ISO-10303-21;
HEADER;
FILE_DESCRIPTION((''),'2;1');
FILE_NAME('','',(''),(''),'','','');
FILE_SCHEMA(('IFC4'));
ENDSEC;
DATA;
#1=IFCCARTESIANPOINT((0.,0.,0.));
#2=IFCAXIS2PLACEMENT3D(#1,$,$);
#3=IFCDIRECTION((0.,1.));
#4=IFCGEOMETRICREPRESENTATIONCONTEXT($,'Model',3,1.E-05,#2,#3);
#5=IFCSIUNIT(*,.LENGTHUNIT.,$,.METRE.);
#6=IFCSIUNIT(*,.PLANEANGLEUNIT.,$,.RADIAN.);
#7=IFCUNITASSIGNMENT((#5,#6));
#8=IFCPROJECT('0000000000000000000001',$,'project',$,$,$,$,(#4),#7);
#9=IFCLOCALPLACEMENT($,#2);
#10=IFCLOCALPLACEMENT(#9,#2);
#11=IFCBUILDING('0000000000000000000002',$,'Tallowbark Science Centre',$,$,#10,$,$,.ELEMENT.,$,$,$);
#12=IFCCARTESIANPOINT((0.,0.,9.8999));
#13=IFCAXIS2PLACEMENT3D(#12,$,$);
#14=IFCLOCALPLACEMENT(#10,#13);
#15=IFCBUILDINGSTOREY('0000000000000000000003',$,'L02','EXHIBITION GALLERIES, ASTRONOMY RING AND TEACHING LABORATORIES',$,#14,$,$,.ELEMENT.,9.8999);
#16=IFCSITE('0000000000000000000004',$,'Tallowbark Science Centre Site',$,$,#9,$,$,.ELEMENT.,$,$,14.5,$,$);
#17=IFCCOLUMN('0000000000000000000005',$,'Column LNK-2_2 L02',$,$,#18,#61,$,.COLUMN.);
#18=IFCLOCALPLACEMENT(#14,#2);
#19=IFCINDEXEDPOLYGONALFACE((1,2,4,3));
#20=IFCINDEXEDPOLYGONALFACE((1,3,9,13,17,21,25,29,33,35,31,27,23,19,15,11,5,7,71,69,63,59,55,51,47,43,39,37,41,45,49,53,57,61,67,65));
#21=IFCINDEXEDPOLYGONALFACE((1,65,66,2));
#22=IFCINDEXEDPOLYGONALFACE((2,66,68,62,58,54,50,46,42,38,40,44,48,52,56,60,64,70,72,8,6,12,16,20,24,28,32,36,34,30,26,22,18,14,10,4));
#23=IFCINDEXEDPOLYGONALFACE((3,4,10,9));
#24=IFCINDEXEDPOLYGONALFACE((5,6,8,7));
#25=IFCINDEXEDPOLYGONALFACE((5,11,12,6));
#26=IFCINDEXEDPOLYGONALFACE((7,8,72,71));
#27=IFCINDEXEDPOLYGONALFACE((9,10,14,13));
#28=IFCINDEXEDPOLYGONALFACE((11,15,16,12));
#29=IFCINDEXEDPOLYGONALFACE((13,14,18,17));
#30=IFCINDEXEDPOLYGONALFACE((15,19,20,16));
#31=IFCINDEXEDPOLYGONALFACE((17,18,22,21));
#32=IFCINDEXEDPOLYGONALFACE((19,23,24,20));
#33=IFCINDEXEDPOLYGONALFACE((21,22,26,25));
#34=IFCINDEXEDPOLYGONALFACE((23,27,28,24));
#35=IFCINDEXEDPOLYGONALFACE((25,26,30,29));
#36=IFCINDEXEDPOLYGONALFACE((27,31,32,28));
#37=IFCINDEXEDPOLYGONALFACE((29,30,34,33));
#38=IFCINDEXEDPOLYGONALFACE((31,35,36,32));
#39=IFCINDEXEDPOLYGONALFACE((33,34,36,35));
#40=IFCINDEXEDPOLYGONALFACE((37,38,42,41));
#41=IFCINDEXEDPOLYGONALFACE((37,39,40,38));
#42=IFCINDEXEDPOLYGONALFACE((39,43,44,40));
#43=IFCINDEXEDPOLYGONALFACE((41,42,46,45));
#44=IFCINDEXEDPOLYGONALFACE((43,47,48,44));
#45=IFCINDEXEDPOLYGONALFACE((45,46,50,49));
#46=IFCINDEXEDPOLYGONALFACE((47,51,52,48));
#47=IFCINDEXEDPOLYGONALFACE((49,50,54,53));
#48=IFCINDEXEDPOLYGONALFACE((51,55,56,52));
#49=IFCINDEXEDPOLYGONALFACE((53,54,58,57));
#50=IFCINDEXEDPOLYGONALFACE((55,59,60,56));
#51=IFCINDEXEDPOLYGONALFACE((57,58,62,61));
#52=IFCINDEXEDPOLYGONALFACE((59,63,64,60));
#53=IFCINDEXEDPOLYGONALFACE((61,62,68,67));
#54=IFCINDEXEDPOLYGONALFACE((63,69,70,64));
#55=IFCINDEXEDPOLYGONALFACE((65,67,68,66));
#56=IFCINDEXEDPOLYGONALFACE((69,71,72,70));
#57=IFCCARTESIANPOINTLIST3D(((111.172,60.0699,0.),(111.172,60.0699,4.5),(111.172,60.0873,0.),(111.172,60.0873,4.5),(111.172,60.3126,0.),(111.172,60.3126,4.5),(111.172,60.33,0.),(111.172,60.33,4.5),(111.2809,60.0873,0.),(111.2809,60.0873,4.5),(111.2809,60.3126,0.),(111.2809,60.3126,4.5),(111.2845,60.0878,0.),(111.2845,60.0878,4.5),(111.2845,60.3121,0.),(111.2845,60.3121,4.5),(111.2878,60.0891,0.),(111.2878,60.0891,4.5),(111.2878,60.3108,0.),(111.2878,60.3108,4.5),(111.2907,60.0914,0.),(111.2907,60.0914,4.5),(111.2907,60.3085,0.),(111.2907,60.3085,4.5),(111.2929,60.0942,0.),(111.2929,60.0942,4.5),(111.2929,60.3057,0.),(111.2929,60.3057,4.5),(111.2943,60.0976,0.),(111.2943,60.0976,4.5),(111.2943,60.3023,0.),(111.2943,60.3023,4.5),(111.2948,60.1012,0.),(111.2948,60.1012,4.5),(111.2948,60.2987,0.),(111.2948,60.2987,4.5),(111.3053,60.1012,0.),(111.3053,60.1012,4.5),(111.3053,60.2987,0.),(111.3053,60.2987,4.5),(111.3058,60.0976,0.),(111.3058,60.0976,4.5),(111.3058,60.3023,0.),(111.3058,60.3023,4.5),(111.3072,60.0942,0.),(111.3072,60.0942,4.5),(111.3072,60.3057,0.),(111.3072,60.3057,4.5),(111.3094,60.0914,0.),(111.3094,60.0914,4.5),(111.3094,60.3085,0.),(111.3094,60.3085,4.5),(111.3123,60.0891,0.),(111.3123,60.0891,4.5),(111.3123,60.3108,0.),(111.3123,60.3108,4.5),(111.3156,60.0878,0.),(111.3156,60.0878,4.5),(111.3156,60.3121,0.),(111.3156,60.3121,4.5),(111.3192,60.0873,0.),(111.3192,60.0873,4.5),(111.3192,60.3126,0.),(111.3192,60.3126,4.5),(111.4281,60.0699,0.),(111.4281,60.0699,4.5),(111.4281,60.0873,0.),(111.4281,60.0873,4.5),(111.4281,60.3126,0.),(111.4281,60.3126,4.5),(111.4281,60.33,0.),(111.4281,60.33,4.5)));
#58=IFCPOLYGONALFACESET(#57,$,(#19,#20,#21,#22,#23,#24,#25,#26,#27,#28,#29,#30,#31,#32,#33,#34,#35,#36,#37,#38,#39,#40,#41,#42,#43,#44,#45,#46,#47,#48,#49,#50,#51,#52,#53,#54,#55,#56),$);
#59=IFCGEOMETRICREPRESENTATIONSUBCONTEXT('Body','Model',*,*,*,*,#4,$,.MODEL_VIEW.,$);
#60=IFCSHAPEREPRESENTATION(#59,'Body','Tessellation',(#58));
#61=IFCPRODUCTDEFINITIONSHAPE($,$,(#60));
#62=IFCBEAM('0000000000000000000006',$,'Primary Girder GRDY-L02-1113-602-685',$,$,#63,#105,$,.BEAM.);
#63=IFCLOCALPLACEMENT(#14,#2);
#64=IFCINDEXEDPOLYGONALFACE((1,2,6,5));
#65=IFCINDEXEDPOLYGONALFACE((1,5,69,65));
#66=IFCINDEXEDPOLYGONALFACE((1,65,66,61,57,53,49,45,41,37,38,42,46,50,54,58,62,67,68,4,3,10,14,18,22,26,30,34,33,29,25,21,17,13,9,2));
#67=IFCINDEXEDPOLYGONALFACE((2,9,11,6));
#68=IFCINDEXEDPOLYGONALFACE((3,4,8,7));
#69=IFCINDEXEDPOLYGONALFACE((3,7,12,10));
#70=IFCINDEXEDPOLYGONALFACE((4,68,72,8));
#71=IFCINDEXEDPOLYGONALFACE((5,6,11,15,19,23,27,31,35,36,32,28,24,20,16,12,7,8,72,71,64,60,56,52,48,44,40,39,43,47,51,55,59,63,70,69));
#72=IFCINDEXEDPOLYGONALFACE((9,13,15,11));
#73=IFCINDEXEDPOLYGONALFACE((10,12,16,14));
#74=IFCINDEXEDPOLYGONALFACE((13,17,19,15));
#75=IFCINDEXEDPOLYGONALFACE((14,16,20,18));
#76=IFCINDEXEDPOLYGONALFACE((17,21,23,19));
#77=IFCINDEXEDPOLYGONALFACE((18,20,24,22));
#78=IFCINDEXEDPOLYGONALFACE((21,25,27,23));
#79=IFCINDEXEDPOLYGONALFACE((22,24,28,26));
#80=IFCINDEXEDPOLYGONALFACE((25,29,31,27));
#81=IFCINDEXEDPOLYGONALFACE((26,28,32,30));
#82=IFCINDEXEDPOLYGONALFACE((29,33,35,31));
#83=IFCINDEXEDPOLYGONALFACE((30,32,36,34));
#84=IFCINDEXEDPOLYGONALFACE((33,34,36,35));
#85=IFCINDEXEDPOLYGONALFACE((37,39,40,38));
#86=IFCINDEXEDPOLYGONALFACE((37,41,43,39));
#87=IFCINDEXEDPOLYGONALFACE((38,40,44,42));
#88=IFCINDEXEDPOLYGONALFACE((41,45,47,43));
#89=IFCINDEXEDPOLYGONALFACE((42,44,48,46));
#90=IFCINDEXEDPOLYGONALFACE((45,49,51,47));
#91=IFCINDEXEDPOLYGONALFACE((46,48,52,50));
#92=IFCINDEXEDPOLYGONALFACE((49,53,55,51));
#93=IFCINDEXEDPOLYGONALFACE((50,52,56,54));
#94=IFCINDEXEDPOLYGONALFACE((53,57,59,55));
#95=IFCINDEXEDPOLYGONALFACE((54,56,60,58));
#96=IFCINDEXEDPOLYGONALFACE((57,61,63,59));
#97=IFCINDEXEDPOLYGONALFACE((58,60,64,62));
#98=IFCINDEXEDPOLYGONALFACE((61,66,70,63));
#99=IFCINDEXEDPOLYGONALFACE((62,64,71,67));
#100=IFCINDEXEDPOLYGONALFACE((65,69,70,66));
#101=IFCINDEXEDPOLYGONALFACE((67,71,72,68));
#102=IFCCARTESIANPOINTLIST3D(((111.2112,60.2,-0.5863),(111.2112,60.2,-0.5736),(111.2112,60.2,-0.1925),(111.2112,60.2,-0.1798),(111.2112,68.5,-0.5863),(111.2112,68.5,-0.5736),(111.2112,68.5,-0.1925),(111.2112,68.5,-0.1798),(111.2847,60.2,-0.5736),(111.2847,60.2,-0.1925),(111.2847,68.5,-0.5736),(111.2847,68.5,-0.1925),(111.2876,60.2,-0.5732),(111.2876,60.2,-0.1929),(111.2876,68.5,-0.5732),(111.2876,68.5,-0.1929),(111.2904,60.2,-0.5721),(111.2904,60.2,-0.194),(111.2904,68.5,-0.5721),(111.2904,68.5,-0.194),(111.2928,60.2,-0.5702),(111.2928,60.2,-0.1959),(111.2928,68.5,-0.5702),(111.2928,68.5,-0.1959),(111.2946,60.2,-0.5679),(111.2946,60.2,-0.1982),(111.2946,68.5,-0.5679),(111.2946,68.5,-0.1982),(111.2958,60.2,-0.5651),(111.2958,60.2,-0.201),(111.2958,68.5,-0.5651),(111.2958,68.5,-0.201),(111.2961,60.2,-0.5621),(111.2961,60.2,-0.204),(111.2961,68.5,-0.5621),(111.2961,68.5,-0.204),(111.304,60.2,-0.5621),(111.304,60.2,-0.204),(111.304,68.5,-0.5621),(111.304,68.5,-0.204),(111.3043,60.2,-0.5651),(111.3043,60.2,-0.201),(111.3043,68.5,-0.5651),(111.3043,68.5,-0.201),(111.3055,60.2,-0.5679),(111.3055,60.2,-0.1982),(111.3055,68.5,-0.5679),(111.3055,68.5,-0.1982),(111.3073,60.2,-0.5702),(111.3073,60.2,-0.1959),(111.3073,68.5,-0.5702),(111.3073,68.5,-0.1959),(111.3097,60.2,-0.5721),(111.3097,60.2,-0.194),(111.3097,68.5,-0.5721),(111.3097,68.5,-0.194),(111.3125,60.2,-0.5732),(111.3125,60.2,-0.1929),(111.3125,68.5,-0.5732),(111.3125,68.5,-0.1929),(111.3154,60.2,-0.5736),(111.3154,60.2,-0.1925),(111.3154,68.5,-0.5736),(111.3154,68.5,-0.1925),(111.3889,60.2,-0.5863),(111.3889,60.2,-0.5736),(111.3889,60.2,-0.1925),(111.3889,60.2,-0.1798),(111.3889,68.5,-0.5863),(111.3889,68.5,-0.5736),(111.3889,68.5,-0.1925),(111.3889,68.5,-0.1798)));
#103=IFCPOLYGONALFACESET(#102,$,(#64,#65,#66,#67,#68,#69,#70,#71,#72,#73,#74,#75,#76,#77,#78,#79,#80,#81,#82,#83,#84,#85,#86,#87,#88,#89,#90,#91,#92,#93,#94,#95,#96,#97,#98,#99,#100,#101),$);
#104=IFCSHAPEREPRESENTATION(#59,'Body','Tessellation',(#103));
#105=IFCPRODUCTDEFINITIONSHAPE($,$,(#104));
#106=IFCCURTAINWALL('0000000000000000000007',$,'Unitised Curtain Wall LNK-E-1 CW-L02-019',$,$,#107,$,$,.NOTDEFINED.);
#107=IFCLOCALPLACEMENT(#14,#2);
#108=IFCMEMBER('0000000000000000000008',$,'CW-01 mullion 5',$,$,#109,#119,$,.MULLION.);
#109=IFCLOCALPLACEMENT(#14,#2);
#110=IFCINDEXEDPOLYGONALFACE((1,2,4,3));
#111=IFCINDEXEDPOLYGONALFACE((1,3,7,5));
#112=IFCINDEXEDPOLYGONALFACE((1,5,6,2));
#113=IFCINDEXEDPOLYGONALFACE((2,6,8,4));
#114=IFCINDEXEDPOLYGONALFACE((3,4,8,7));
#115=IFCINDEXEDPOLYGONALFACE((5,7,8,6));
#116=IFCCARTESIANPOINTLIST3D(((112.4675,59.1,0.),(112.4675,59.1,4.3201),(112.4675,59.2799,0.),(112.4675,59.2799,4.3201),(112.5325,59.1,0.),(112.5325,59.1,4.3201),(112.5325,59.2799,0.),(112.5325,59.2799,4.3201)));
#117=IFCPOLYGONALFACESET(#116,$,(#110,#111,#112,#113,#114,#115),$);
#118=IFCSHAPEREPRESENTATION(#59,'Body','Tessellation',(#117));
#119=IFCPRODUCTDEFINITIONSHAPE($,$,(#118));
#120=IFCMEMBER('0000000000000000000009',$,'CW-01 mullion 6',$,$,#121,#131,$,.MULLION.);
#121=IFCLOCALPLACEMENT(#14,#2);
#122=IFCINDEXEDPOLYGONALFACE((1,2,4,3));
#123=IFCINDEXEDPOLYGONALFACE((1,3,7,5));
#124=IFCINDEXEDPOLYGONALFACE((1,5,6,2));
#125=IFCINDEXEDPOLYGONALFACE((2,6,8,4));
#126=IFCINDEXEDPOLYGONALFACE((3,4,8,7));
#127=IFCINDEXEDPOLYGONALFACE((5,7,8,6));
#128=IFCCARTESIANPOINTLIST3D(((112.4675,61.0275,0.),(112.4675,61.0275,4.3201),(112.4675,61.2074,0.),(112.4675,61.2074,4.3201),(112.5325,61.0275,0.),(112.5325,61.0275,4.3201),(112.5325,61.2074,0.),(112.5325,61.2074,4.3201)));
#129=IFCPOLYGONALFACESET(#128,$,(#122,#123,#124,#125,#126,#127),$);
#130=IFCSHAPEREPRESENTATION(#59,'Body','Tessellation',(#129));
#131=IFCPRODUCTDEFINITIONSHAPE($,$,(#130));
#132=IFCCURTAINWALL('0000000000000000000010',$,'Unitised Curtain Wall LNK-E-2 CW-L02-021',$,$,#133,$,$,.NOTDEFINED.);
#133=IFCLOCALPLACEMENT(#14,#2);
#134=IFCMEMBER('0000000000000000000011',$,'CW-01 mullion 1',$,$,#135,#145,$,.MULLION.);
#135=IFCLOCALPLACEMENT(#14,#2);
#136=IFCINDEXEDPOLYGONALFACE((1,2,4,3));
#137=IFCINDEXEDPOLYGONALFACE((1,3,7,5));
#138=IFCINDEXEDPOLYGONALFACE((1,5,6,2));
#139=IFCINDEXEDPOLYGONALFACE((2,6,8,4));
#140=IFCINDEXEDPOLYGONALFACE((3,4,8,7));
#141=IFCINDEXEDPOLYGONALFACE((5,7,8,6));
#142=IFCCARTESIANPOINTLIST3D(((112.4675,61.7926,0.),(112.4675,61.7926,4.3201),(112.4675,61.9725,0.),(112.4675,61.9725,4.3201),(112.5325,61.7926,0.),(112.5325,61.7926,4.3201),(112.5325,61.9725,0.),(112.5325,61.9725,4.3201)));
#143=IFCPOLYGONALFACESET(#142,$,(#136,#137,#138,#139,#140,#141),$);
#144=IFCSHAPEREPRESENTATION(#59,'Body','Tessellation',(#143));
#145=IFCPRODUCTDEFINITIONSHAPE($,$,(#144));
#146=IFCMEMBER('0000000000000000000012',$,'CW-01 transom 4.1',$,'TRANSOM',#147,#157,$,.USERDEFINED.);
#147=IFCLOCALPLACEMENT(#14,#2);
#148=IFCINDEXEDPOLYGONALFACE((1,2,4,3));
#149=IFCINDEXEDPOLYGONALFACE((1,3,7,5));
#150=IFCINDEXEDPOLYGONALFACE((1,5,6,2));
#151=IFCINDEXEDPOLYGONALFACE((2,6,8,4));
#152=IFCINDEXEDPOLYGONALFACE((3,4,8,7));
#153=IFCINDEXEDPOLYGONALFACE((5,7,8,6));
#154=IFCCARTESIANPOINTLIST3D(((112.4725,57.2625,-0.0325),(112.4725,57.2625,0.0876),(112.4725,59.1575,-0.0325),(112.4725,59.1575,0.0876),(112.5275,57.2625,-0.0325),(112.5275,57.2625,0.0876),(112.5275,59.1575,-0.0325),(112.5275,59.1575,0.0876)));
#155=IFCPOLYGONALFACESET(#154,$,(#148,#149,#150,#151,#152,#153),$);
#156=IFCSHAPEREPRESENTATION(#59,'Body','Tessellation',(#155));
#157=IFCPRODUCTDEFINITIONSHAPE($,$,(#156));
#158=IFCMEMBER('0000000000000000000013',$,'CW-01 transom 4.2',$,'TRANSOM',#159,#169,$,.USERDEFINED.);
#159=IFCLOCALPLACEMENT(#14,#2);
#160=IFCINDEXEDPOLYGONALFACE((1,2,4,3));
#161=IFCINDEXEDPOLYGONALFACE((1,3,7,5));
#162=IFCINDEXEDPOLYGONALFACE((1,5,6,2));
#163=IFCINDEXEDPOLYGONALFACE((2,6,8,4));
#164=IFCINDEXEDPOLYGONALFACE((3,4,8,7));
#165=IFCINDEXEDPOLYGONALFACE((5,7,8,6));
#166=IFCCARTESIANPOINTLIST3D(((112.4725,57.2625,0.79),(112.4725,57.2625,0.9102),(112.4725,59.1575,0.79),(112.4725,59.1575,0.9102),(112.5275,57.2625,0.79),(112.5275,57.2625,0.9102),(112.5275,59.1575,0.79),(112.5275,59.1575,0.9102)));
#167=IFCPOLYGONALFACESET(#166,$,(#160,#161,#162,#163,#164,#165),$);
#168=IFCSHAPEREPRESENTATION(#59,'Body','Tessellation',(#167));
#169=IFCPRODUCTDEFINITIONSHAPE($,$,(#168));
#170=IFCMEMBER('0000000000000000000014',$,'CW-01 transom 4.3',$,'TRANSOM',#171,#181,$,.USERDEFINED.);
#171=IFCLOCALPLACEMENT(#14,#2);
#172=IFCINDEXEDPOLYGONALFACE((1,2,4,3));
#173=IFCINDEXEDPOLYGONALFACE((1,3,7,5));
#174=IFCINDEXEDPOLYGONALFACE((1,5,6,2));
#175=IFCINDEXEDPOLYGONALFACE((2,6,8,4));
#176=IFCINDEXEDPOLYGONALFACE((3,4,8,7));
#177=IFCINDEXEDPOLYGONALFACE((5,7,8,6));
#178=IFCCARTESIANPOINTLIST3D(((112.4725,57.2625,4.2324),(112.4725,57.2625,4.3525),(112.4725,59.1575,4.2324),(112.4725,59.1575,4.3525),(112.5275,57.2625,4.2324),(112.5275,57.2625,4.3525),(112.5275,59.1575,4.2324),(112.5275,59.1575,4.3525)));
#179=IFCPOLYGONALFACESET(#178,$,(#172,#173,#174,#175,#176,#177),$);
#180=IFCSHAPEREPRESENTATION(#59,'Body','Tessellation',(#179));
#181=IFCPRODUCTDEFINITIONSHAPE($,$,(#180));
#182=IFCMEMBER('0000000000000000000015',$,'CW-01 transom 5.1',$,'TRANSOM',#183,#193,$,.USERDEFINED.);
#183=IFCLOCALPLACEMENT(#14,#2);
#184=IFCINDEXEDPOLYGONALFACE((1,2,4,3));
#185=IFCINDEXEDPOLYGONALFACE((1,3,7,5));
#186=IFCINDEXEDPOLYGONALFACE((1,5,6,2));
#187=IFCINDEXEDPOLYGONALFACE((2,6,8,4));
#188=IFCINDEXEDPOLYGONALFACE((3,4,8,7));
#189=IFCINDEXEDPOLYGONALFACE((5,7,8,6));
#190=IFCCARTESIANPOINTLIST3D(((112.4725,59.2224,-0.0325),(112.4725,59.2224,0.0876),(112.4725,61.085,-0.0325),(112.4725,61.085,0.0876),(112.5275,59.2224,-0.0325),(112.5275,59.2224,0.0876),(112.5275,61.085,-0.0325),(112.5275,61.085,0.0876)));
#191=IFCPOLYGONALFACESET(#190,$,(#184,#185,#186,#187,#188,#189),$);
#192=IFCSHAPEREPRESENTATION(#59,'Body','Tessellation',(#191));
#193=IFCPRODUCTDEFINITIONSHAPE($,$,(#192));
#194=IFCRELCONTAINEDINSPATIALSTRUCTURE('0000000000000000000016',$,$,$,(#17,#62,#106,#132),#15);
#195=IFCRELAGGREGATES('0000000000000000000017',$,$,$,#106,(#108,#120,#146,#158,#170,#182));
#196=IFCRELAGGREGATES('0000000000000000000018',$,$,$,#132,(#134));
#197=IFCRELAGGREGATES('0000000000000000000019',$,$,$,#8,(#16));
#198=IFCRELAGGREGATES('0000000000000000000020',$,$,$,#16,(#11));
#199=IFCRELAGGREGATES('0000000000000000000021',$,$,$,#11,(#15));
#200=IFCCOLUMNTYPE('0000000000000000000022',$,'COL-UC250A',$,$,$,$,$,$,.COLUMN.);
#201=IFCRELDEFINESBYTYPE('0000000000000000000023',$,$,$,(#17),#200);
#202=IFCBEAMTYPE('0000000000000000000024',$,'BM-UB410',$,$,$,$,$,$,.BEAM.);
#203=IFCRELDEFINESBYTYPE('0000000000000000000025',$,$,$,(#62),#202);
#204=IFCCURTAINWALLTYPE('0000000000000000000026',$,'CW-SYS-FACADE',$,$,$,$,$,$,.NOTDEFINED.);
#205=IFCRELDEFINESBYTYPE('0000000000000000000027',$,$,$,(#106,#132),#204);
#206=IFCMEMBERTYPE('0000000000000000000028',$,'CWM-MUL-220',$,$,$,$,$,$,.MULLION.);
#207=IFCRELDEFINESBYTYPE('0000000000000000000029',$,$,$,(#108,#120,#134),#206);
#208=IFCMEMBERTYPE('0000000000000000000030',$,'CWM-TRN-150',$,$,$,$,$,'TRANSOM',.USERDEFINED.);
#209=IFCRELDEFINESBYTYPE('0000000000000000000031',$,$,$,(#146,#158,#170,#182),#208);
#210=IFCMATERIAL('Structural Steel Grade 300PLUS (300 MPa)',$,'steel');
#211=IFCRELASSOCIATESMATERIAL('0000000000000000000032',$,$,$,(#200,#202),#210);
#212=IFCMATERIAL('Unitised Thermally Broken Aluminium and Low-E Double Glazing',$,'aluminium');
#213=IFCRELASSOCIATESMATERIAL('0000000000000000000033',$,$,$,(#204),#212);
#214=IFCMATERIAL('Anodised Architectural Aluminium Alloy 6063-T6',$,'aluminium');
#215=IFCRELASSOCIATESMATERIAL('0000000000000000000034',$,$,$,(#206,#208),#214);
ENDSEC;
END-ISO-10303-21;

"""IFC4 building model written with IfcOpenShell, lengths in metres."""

from ifc_helpers import new_model, si_unit, direction, frame, origin, origin_2d, place, context, subcontext, project, spatial, rectangle, i_section, extrude, material, material_profile, profile_set, type_object, element, aggregate, save


model = new_model("IFC4")

# Units and contexts
model_context = context("Model", 3, precision=1e-05, world=origin(), true_north=direction((0.0, 1.0)))
body_context = subcontext(model_context, "Body", "Model", "MODEL_VIEW")
ifc_project = project(units=[si_unit("LENGTHUNIT", "METRE"), si_unit("PLANEANGLEUNIT", "RADIAN")], contexts=[model_context])

# Site, building, storey
site_placement = place(None, origin())
site = spatial("IfcSite", under=ifc_project, at=site_placement, Name="Tallowbark Science Centre Site", CompositionType="ELEMENT", RefElevation=14.5)
building_placement = place(site_placement, origin())
building = spatial("IfcBuilding", under=site, at=building_placement, Name="Tallowbark Science Centre", CompositionType="ELEMENT")
storey_placement = place(building_placement, frame((0.0, 0.0, 9.8999)))
storey = spatial("IfcBuildingStorey", under=building, at=storey_placement, Name="L02", Description="EXHIBITION GALLERIES, ASTRONOMY RING AND TEACHING LABORATORIES", CompositionType="ELEMENT", Elevation=9.8999)

# Column
ifc_material_1 = material(Name="Structural Steel Grade 300PLUS (300 MPa)", Category="steel")
ifc_material_profile_1 = material_profile(ifc_material_1, i_section(OverallWidth=0.2561, OverallDepth=0.26, WebThickness=0.0105, FlangeThickness=0.0173, FilletRadius=0.0139, at=origin_2d()), Name="250UC89.5")
ifc_profile_set_1 = profile_set([ifc_material_profile_1], Name="Structural Steel Grade 300PLUS (300 MPa)")
column_type = type_object("IfcColumnType", Name="COL-UC250A", PredefinedType="COLUMN", material=ifc_profile_set_1)
column_placement = place(storey_placement, frame((111.3, 60.2, 0.0), z_axis=(0.0, 0.0, 1.0), x_axis=(1.0, 0.0, 0.0)))
element("IfcColumn", 1, at=column_placement, inside=storey, type_object=column_type, Name="Column LNK-2_2 L02", PredefinedType="COLUMN", context=body_context, shape_type="SweptSolid", body=[
    extrude(i_section(OverallWidth=0.2561, OverallDepth=0.26, WebThickness=0.0105, FlangeThickness=0.0173, FilletRadius=0.0139, at=origin_2d()), origin(), (0.0, 0.0, 1.0), 4.5),
])

# Beam
ifc_material_profile_2 = material_profile(ifc_material_1, i_section(OverallWidth=0.1777, OverallDepth=0.4065, WebThickness=0.0078, FlangeThickness=0.0127, FilletRadius=0.0115, at=origin_2d()), Name="410UB59.7")
ifc_profile_set_2 = profile_set([ifc_material_profile_2], Name="Structural Steel Grade 300PLUS (300 MPa)")
beam_type = type_object("IfcBeamType", Name="BM-UB410", PredefinedType="BEAM", material=ifc_profile_set_2)
beam_placement = place(storey_placement, frame((111.3, 60.2, -0.3831), z_axis=(0.0, 1.0, 0.0), x_axis=(-1.0, 0.0, 0.0)))
element("IfcBeam", 2, at=beam_placement, inside=storey, type_object=beam_type, Name="Primary Girder GRDY-L02-1113-602-685", PredefinedType="BEAM", context=body_context, shape_type="SweptSolid", body=[
    extrude(i_section(OverallWidth=0.1777, OverallDepth=0.4065, WebThickness=0.0078, FlangeThickness=0.0127, FilletRadius=0.0115, at=origin_2d()), origin(), (0.0, 0.0, 1.0), 8.3),
])

# Curtain wall, members
ifc_material_2 = material(Name="Unitised Thermally Broken Aluminium and Low-E Double Glazing", Category="aluminium")
curtain_wall_type = type_object("IfcCurtainWallType", Name="CW-SYS-FACADE", PredefinedType="NOTDEFINED", material=ifc_material_2)
curtain_wall_1_placement = place(storey_placement, origin())
curtain_wall_1 = element("IfcCurtainWall", 3, at=curtain_wall_1_placement, inside=storey, type_object=curtain_wall_type, Name="Unitised Curtain Wall LNK-E-1 CW-L02-019", PredefinedType="NOTDEFINED")
ifc_material_3 = material(Name="Anodised Architectural Aluminium Alloy 6063-T6", Category="aluminium")
ifc_material_profile_3 = material_profile(ifc_material_3, rectangle(XDim=0.0649, YDim=0.1799, at=origin_2d()), Name="ALU65x180")
ifc_profile_set_3 = profile_set([ifc_material_profile_3], Name="Anodised Architectural Aluminium Alloy 6063-T6")
member_type_1 = type_object("IfcMemberType", Name="CWM-MUL-220", PredefinedType="MULLION", material=ifc_profile_set_3)
member_1_placement = place(storey_placement, frame((112.5, 59.1899, 0.0), z_axis=(0.0, 0.0, 1.0), x_axis=(-1.0, 0.0, 0.0)))
member_1 = element("IfcMember", 4, at=member_1_placement, type_object=member_type_1, Name="CW-01 mullion 5", PredefinedType="MULLION", context=body_context, shape_type="SweptSolid", body=[
    extrude(rectangle(XDim=0.0649, YDim=0.1799, at=origin_2d()), origin(), (0.0, 0.0, 1.0), 4.3201),
])
member_2_placement = place(storey_placement, frame((112.5, 61.1174, 0.0), z_axis=(0.0, 0.0, 1.0), x_axis=(-1.0, 0.0, 0.0)))
member_2 = element("IfcMember", 5, at=member_2_placement, type_object=member_type_1, Name="CW-01 mullion 6", PredefinedType="MULLION", context=body_context, shape_type="SweptSolid", body=[
    extrude(rectangle(XDim=0.0649, YDim=0.1799, at=origin_2d()), origin(), (0.0, 0.0, 1.0), 4.3201),
])

# Curtain wall, member
curtain_wall_2_placement = place(storey_placement, origin())
curtain_wall_2 = element("IfcCurtainWall", 6, at=curtain_wall_2_placement, inside=storey, type_object=curtain_wall_type, Name="Unitised Curtain Wall LNK-E-2 CW-L02-021", PredefinedType="NOTDEFINED")
member_3_placement = place(storey_placement, frame((112.5, 61.8826, 0.0), z_axis=(0.0, 0.0, 1.0), x_axis=(-1.0, 0.0, 0.0)))
member_3 = element("IfcMember", 7, at=member_3_placement, type_object=member_type_1, Name="CW-01 mullion 1", PredefinedType="MULLION", context=body_context, shape_type="SweptSolid", body=[
    extrude(rectangle(XDim=0.0649, YDim=0.1799, at=origin_2d()), origin(), (0.0, 0.0, 1.0), 4.3201),
])

# Members
ifc_material_profile_4 = material_profile(ifc_material_3, rectangle(XDim=0.0549, YDim=0.1201, at=origin_2d()), Name="ALU55x120")
ifc_profile_set_4 = profile_set([ifc_material_profile_4], Name="Anodised Architectural Aluminium Alloy 6063-T6")
member_type_2 = type_object("IfcMemberType", Name="CWM-TRN-150", ElementType="TRANSOM", PredefinedType="USERDEFINED", material=ifc_profile_set_4)
member_4_placement = place(storey_placement, frame((112.5, 57.2625, 0.0276), z_axis=(0.0, 1.0, 0.0), x_axis=(-1.0, 0.0, 0.0)))
member_4 = element("IfcMember", 8, at=member_4_placement, type_object=member_type_2, Name="CW-01 transom 4.1", ObjectType="TRANSOM", PredefinedType="USERDEFINED", context=body_context, shape_type="SweptSolid", body=[
    extrude(rectangle(XDim=0.0549, YDim=0.1201, at=origin_2d()), origin(), (0.0, 0.0, 1.0), 1.895),
])
member_5_placement = place(storey_placement, frame((112.5, 57.2625, 0.8501), z_axis=(0.0, 1.0, 0.0), x_axis=(-1.0, 0.0, 0.0)))
member_5 = element("IfcMember", 9, at=member_5_placement, type_object=member_type_2, Name="CW-01 transom 4.2", ObjectType="TRANSOM", PredefinedType="USERDEFINED", context=body_context, shape_type="SweptSolid", body=[
    extrude(rectangle(XDim=0.0549, YDim=0.1201, at=origin_2d()), origin(), (0.0, 0.0, 1.0), 1.895),
])
member_6_placement = place(storey_placement, frame((112.5, 57.2625, 4.2925), z_axis=(0.0, 1.0, 0.0), x_axis=(-1.0, 0.0, 0.0)))
member_6 = element("IfcMember", 10, at=member_6_placement, type_object=member_type_2, Name="CW-01 transom 4.3", ObjectType="TRANSOM", PredefinedType="USERDEFINED", context=body_context, shape_type="SweptSolid", body=[
    extrude(rectangle(XDim=0.0549, YDim=0.1201, at=origin_2d()), origin(), (0.0, 0.0, 1.0), 1.895),
])
member_7_placement = place(storey_placement, frame((112.5, 59.2224, 0.0276), z_axis=(0.0, 1.0, 0.0), x_axis=(-1.0, 0.0, 0.0)))
member_7 = element("IfcMember", 11, at=member_7_placement, type_object=member_type_2, Name="CW-01 transom 5.1", ObjectType="TRANSOM", PredefinedType="USERDEFINED", context=body_context, shape_type="SweptSolid", body=[
    extrude(rectangle(XDim=0.0549, YDim=0.1201, at=origin_2d()), origin(), (0.0, 0.0, 1.0), 1.8625),
])

aggregate(curtain_wall_1, [member_1, member_2, member_4, member_5, member_6, member_7])
aggregate(curtain_wall_2, [member_3])

save(model, "model.ifc")
